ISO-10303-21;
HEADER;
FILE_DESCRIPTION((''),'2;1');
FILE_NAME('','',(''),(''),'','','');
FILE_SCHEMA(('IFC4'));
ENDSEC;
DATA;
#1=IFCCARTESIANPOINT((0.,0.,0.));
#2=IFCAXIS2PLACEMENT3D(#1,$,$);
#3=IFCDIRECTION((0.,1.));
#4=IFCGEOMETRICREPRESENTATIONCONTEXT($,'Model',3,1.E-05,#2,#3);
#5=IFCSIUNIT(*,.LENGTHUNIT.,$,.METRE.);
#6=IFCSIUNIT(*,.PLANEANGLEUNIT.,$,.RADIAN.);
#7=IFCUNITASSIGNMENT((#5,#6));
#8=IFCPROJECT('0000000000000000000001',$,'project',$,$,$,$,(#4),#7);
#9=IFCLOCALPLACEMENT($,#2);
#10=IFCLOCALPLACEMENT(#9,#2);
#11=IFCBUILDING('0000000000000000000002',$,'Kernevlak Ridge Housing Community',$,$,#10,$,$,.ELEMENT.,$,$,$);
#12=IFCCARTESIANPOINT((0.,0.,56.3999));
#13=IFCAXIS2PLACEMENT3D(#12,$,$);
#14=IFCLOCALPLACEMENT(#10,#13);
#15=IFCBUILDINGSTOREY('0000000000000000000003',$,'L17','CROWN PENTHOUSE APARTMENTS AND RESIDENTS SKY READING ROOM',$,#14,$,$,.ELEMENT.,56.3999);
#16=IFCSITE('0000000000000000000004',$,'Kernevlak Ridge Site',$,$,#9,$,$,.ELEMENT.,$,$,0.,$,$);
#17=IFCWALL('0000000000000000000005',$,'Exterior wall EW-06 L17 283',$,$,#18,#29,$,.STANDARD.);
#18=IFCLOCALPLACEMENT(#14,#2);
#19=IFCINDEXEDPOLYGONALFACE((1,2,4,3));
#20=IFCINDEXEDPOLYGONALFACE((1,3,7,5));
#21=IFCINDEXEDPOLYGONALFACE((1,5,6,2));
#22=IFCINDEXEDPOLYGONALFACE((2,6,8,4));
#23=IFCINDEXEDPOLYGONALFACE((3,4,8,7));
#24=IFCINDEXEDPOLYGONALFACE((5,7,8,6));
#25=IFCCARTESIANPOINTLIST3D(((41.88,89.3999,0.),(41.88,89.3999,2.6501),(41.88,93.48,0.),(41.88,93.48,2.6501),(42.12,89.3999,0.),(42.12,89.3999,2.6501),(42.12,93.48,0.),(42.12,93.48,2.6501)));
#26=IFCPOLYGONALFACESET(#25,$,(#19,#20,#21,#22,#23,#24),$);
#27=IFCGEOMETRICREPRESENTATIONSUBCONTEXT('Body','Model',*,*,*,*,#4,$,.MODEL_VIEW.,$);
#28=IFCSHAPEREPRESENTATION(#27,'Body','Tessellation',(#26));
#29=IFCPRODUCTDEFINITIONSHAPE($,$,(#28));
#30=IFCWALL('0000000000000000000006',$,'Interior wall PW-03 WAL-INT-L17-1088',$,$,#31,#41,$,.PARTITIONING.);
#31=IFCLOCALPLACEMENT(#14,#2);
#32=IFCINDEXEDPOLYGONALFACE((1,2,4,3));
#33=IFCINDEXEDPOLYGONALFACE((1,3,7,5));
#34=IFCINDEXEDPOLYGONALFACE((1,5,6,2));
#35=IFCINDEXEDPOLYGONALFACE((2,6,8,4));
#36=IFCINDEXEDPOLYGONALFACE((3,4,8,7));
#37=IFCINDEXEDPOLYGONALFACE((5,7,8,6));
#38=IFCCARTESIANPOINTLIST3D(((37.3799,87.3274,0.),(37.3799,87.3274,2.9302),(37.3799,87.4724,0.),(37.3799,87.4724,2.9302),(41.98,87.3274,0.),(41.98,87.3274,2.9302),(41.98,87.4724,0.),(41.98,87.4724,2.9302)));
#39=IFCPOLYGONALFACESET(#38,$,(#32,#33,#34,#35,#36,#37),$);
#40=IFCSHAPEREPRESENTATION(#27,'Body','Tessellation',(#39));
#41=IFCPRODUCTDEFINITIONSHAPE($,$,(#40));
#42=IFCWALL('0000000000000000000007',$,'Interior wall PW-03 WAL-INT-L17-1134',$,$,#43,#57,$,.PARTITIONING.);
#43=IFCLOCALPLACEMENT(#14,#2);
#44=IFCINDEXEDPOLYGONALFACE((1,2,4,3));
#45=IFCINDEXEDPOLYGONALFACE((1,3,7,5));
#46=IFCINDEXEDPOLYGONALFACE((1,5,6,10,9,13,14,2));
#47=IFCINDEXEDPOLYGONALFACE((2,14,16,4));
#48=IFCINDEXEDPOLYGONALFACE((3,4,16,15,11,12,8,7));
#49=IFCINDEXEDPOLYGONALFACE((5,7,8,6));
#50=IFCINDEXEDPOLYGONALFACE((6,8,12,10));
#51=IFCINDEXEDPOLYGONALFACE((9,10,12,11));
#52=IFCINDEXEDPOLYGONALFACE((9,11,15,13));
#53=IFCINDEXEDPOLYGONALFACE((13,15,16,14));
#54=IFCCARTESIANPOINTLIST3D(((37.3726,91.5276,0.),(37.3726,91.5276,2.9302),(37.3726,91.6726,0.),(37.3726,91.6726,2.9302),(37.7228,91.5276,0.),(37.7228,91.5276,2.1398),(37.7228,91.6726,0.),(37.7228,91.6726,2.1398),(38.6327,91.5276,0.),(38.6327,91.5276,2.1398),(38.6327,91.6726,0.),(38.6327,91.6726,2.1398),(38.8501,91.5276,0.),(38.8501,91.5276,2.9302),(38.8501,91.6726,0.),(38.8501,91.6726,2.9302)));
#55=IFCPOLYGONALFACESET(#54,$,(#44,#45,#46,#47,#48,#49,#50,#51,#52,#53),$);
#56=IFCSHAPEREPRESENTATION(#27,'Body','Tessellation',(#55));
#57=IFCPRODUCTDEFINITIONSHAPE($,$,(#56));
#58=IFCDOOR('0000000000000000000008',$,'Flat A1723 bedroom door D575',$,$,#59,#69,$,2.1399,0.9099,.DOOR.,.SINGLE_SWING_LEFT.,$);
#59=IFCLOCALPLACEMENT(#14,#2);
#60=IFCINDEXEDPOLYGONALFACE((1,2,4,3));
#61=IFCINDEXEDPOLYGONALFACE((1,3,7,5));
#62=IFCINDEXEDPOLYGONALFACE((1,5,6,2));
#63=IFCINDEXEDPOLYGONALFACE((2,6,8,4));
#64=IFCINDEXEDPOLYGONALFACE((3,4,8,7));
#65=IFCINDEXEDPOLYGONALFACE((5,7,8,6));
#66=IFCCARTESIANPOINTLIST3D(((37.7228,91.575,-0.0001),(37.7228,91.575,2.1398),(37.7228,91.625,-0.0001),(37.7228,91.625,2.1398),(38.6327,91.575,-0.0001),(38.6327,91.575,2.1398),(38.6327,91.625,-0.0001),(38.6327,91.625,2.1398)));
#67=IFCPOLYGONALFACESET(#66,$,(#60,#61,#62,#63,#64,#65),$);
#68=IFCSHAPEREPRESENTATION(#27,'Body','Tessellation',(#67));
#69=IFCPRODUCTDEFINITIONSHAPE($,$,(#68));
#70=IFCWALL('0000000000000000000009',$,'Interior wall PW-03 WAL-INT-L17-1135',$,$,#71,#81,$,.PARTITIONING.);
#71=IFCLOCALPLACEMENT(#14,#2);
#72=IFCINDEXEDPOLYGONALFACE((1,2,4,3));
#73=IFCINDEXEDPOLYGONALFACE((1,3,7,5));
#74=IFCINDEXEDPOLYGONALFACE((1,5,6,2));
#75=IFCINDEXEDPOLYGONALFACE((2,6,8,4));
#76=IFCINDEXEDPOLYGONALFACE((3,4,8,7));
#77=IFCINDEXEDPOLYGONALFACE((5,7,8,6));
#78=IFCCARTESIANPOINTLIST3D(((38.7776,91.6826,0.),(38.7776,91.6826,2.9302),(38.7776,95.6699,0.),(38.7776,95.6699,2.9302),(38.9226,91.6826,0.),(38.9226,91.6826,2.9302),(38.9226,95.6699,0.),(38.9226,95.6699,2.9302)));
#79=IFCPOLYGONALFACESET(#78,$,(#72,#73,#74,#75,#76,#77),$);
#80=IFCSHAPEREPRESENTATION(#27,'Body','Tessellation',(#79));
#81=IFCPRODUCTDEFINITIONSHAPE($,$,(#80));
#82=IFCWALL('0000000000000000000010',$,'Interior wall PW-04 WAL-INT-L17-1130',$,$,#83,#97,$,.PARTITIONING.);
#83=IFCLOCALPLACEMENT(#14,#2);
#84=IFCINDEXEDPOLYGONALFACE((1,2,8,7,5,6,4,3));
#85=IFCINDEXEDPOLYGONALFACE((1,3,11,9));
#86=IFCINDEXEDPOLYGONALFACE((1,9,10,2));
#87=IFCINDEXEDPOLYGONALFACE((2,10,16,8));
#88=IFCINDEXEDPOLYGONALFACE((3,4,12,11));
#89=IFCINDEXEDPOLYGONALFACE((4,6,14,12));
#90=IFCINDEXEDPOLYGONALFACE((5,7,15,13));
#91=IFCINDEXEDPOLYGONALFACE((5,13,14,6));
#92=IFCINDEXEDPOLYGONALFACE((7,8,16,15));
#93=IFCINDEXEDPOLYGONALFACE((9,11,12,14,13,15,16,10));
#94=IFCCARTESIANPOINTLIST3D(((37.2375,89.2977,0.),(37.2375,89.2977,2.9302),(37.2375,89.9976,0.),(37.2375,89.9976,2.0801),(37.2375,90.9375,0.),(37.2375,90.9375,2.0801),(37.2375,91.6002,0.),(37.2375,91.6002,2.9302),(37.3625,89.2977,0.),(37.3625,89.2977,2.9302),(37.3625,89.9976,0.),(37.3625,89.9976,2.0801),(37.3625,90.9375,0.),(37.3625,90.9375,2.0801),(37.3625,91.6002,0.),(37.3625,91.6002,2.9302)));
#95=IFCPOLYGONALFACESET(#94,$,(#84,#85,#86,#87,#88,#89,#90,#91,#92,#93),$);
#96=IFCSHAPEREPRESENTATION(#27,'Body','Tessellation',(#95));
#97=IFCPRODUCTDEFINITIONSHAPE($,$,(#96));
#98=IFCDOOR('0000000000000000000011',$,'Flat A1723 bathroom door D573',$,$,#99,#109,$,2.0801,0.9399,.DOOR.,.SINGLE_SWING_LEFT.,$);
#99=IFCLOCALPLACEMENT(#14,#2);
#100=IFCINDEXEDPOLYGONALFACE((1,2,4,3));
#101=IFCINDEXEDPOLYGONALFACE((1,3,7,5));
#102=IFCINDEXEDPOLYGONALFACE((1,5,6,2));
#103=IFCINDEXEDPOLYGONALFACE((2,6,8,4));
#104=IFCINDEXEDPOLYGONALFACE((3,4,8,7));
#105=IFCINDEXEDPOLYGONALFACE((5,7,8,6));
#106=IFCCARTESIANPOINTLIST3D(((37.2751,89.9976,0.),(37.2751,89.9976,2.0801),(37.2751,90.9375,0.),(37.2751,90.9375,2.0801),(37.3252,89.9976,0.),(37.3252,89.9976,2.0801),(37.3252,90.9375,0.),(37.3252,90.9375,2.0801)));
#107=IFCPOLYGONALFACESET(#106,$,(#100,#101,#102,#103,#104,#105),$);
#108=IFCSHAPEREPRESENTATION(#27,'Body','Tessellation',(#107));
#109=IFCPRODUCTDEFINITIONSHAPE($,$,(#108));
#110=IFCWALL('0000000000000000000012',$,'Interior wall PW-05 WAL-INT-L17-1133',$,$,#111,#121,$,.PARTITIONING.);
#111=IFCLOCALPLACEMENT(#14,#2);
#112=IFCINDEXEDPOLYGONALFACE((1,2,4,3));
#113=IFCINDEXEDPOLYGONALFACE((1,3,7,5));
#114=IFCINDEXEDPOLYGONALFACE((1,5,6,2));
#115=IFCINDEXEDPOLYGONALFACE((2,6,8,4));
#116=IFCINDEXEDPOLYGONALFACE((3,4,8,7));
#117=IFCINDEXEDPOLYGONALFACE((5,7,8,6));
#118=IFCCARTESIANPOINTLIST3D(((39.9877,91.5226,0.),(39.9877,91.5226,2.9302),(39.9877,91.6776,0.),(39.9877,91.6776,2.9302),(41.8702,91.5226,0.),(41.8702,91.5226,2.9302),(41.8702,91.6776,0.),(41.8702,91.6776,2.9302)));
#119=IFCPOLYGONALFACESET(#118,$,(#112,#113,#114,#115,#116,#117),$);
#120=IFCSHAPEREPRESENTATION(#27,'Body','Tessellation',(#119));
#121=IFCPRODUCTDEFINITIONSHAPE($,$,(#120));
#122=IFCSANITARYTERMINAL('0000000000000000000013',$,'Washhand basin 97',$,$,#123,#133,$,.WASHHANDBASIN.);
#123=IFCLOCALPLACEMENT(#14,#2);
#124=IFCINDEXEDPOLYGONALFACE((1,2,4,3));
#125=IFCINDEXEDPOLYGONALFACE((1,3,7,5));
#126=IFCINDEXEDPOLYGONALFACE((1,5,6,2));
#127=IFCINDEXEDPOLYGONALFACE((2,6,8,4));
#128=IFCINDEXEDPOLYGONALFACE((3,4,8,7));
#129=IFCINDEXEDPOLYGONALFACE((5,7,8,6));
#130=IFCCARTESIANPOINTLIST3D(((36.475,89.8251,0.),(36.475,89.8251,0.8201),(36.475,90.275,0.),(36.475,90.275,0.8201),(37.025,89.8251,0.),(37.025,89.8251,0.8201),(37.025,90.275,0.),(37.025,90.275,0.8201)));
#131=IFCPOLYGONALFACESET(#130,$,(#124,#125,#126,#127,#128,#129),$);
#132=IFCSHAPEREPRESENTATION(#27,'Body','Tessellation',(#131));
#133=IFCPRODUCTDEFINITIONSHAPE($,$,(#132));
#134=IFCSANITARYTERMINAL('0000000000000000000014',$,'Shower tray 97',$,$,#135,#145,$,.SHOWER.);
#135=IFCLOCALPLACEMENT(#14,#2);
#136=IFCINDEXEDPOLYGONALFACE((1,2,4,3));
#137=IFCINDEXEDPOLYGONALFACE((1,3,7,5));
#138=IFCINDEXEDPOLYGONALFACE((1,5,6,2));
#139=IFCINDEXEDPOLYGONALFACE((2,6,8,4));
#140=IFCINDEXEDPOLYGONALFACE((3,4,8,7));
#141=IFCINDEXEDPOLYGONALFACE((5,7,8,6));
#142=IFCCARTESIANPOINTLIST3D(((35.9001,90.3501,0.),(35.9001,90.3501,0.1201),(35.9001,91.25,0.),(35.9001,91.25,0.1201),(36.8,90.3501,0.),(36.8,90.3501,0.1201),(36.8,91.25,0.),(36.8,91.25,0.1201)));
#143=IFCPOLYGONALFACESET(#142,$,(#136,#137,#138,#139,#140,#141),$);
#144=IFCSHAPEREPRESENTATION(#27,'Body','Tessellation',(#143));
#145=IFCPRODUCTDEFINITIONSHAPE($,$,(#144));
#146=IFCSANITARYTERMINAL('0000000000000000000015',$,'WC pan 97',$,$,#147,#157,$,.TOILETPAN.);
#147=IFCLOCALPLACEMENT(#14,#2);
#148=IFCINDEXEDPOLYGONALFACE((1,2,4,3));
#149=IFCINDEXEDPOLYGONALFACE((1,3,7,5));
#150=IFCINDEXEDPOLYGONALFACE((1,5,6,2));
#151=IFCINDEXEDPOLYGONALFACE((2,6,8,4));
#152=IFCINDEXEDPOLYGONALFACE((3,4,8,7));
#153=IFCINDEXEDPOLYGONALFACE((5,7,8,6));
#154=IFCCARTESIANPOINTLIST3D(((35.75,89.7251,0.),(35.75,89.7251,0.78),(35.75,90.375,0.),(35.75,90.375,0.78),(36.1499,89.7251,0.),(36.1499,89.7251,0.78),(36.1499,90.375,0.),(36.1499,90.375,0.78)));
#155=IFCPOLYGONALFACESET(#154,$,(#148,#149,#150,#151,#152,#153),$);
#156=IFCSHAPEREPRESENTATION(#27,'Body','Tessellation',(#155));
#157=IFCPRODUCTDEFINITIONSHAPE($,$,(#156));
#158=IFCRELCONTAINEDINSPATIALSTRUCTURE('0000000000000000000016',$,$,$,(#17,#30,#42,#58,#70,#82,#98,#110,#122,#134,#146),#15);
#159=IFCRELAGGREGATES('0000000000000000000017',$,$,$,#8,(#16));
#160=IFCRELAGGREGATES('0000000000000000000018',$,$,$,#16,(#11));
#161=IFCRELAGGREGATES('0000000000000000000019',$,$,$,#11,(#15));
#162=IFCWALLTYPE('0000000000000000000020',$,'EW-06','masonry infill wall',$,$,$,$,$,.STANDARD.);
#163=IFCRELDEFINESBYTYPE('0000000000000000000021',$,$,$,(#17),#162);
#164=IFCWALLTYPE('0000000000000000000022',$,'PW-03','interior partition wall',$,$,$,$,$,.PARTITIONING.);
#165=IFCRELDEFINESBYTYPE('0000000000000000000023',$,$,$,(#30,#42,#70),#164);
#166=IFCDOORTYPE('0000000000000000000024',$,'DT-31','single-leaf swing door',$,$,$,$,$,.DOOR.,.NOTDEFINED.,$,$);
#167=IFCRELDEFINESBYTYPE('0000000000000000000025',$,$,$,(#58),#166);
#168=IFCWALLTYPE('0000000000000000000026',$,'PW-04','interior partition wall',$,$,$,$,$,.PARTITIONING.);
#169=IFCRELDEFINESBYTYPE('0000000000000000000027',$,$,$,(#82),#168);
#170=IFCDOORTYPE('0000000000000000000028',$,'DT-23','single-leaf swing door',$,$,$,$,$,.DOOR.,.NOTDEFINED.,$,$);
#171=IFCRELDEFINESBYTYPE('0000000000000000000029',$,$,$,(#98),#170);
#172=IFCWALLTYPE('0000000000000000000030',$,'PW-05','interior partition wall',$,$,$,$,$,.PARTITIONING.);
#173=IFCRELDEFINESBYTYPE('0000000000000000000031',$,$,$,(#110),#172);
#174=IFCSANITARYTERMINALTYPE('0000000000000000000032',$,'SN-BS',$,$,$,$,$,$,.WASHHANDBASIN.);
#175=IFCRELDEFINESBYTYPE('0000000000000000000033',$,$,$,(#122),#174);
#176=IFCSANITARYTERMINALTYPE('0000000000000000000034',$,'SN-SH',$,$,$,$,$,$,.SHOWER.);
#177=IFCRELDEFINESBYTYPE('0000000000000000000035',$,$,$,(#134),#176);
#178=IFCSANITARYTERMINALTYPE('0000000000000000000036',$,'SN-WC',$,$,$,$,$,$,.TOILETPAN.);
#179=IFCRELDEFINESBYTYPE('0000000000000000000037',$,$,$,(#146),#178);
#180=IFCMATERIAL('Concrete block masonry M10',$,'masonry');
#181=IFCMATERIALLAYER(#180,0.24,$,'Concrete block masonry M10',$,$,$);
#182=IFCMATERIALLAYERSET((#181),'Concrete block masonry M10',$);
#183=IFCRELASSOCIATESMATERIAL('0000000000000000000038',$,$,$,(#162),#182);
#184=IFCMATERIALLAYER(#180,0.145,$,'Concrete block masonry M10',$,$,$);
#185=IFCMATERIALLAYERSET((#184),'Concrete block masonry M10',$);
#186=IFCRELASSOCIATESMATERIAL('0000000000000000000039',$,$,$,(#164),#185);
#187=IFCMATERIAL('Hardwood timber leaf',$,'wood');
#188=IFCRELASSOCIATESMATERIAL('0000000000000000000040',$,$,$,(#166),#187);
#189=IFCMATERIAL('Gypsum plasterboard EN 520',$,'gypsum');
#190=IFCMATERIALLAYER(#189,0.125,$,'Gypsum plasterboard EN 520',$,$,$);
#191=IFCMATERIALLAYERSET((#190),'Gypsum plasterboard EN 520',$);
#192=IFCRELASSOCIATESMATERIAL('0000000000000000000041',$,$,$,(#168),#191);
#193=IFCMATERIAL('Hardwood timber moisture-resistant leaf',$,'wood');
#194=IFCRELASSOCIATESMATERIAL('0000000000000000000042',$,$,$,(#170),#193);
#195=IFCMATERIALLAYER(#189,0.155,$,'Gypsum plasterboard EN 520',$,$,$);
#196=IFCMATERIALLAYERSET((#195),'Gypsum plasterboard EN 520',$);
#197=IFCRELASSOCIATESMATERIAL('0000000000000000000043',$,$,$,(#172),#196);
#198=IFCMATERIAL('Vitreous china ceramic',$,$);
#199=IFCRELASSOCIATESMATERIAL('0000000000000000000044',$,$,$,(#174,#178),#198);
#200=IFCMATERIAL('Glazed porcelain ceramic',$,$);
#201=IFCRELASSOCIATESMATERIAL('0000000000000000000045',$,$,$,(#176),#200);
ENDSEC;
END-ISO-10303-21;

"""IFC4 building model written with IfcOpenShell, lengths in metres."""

from ifc_helpers import new_model, si_unit, direction, frame, frame_2d, origin, origin_2d, place, context, subcontext, project, spatial, rectangle, extrude, material, layer, layer_set, type_object, element, fill, save


model = new_model("IFC4")

# Units and contexts
model_context = context("Model", 3, precision=1e-05, world=origin(), true_north=direction((0.0, 1.0)))
body_context = subcontext(model_context, "Body", "Model", "MODEL_VIEW")
ifc_project = project(units=[si_unit("LENGTHUNIT", "METRE"), si_unit("PLANEANGLEUNIT", "RADIAN")], contexts=[model_context])

# Site, building, storey
site_placement = place(None, origin())
site = spatial("IfcSite", under=ifc_project, at=site_placement, Name="Kernevlak Ridge Site", CompositionType="ELEMENT", RefElevation=0.0)
building_placement = place(site_placement, origin())
building = spatial("IfcBuilding", under=site, at=building_placement, Name="Kernevlak Ridge Housing Community", CompositionType="ELEMENT")
storey_placement = place(building_placement, frame((0.0, 0.0, 56.3999)))
storey = spatial("IfcBuildingStorey", under=building, at=storey_placement, Name="L17", Description="CROWN PENTHOUSE APARTMENTS AND RESIDENTS SKY READING ROOM", CompositionType="ELEMENT", Elevation=56.3999)

# Shared definitions
ifc_material_1 = material(Name="Concrete block masonry M10", Category="masonry")
ifc_layer_1 = layer(ifc_material_1, 0.24, Name="Concrete block masonry M10")
ifc_layer_set_1 = layer_set([ifc_layer_1], Name="Concrete block masonry M10")
wall_type_1 = type_object("IfcWallType", Name="EW-06", Description="masonry infill wall", PredefinedType="STANDARD", material=ifc_layer_set_1)

# Walls
wall_1_placement = place(storey_placement, frame((42.0, 89.3999, 0.0), z_axis=(0.0, 0.0, 1.0), x_axis=(0.0, 1.0, 0.0)))
element("IfcWall", 1, at=wall_1_placement, inside=storey, type_object=wall_type_1, Name="Exterior wall EW-06 L17 283", PredefinedType="STANDARD", context=body_context, shape_type="SweptSolid", body=[
    extrude(rectangle(XDim=4.0801, YDim=0.24, at=frame_2d((2.04, 0.0))), origin(), (0.0, 0.0, 1.0), 2.6501),
])
ifc_layer_2 = layer(ifc_material_1, 0.145, Name="Concrete block masonry M10")
ifc_layer_set_2 = layer_set([ifc_layer_2], Name="Concrete block masonry M10")
wall_type_2 = type_object("IfcWallType", Name="PW-03", Description="interior partition wall", PredefinedType="PARTITIONING", material=ifc_layer_set_2)
wall_2_placement = place(storey_placement, frame((37.3799, 87.3999, 0.0), z_axis=(0.0, 0.0, 1.0), x_axis=(1.0, 0.0, 0.0)))
element("IfcWall", 2, at=wall_2_placement, inside=storey, type_object=wall_type_2, Name="Interior wall PW-03 WAL-INT-L17-1088", PredefinedType="PARTITIONING", context=body_context, shape_type="SweptSolid", body=[
    extrude(rectangle(XDim=4.6001, YDim=0.145, at=frame_2d((2.3, 0.0))), origin(), (0.0, 0.0, 1.0), 2.9302),
])

# Wall, opening, door
wall_3_placement = place(storey_placement, frame((37.3726, 91.6001, 0.0), z_axis=(0.0, 0.0, 1.0), x_axis=(1.0, 0.0, 0.0)))
wall_3 = element("IfcWall", 3, at=wall_3_placement, inside=storey, type_object=wall_type_2, Name="Interior wall PW-03 WAL-INT-L17-1134", PredefinedType="PARTITIONING", context=body_context, shape_type="SweptSolid", body=[
    extrude(rectangle(XDim=1.4775, YDim=0.145, at=frame_2d((0.7388, 0.0))), origin(), (0.0, 0.0, 1.0), 2.9302),
])
opening_1_placement = place(wall_3_placement, frame((0.3501, 0.0, 0.0)))
opening_1 = element("IfcOpeningElement", 4, at=opening_1_placement, cuts=wall_3, PredefinedType="OPENING", context=body_context, shape_type="SweptSolid", body=[
    extrude(rectangle(XDim=0.9099, YDim=2.1399, at=frame_2d((0.4551, 1.0698))), frame((0.0, 0.0825, 0.0), z_axis=(0.0, -1.0, 0.0), x_axis=(1.0, 0.0, 0.0)), (0.0, 0.0, 1.0), 0.165),
])
ifc_material_2 = material(Name="Hardwood timber leaf", Category="wood")
door_type_1 = type_object("IfcDoorType", Name="DT-31", Description="single-leaf swing door", OperationType="NOTDEFINED", PredefinedType="DOOR", material=ifc_material_2)
door_1_placement = place(opening_1_placement, origin())
door_1 = element("IfcDoor", 5, at=door_1_placement, inside=storey, type_object=door_type_1, Name="Flat A1723 bedroom door D575", OperationType="SINGLE_SWING_LEFT", OverallHeight=2.1399, OverallWidth=0.9099, PredefinedType="DOOR", context=body_context, shape_type="SweptSolid", body=[
    extrude(rectangle(XDim=0.9099, YDim=2.1399, at=frame_2d((0.4551, 1.0698))), frame((0.0, 0.0249, 0.0), z_axis=(0.0, -1.0, 0.0), x_axis=(1.0, 0.0, 0.0)), (0.0, 0.0, 1.0), 0.05),
])
fill(opening_1, door_1)

# Wall
wall_4_placement = place(storey_placement, frame((38.8501, 91.6826, 0.0), z_axis=(0.0, 0.0, 1.0), x_axis=(0.0, 1.0, 0.0)))
element("IfcWall", 6, at=wall_4_placement, inside=storey, type_object=wall_type_2, Name="Interior wall PW-03 WAL-INT-L17-1135", PredefinedType="PARTITIONING", context=body_context, shape_type="SweptSolid", body=[
    extrude(rectangle(XDim=3.9873, YDim=0.145, at=frame_2d((1.9937, 0.0))), origin(), (0.0, 0.0, 1.0), 2.9302),
])

# Wall, opening, door
ifc_material_3 = material(Name="Gypsum plasterboard EN 520", Category="gypsum")
ifc_layer_3 = layer(ifc_material_3, 0.125, Name="Gypsum plasterboard EN 520")
ifc_layer_set_3 = layer_set([ifc_layer_3], Name="Gypsum plasterboard EN 520")
wall_type_3 = type_object("IfcWallType", Name="PW-04", Description="interior partition wall", PredefinedType="PARTITIONING", material=ifc_layer_set_3)
wall_5_placement = place(storey_placement, frame((37.3, 89.2976, 0.0), z_axis=(0.0, 0.0, 1.0), x_axis=(0.0, 1.0, 0.0)))
wall_5 = element("IfcWall", 7, at=wall_5_placement, inside=storey, type_object=wall_type_3, Name="Interior wall PW-04 WAL-INT-L17-1130", PredefinedType="PARTITIONING", context=body_context, shape_type="SweptSolid", body=[
    extrude(rectangle(XDim=2.3025, YDim=0.125, at=frame_2d((1.1514, 0.0))), origin(), (0.0, 0.0, 1.0), 2.9302),
])
opening_2_placement = place(wall_5_placement, frame((0.7, 0.0, 0.0)))
opening_2 = element("IfcOpeningElement", 8, at=opening_2_placement, cuts=wall_5, PredefinedType="OPENING", context=body_context, shape_type="SweptSolid", body=[
    extrude(rectangle(XDim=0.9399, YDim=2.0801, at=frame_2d((0.47, 1.04))), frame((0.0, 0.0725, 0.0), z_axis=(0.0, -1.0, 0.0), x_axis=(1.0, 0.0, 0.0)), (0.0, 0.0, 1.0), 0.145),
])
ifc_material_4 = material(Name="Hardwood timber moisture-resistant leaf", Category="wood")
door_type_2 = type_object("IfcDoorType", Name="DT-23", Description="single-leaf swing door", OperationType="NOTDEFINED", PredefinedType="DOOR", material=ifc_material_4)
door_2_placement = place(opening_2_placement, origin())
door_2 = element("IfcDoor", 9, at=door_2_placement, inside=storey, type_object=door_type_2, Name="Flat A1723 bathroom door D573", OperationType="SINGLE_SWING_LEFT", OverallHeight=2.0801, OverallWidth=0.9399, PredefinedType="DOOR", context=body_context, shape_type="SweptSolid", body=[
    extrude(rectangle(XDim=0.9399, YDim=2.0801, at=frame_2d((0.47, 1.04))), frame((0.0, 0.0249, 0.0), z_axis=(0.0, -1.0, 0.0), x_axis=(1.0, 0.0, 0.0)), (0.0, 0.0, 1.0), 0.05),
])
fill(opening_2, door_2)
ifc_layer_4 = layer(ifc_material_3, 0.155, Name="Gypsum plasterboard EN 520")
ifc_layer_set_4 = layer_set([ifc_layer_4], Name="Gypsum plasterboard EN 520")
wall_type_4 = type_object("IfcWallType", Name="PW-05", Description="interior partition wall", PredefinedType="PARTITIONING", material=ifc_layer_set_4)

# Wall
wall_6_placement = place(storey_placement, frame((39.9875, 91.6001, 0.0), z_axis=(0.0, 0.0, 1.0), x_axis=(1.0, 0.0, 0.0)))
element("IfcWall", 10, at=wall_6_placement, inside=storey, type_object=wall_type_4, Name="Interior wall PW-05 WAL-INT-L17-1133", PredefinedType="PARTITIONING", context=body_context, shape_type="SweptSolid", body=[
    extrude(rectangle(XDim=1.8826, YDim=0.155, at=frame_2d((0.9414, 0.0))), origin(), (0.0, 0.0, 1.0), 2.9302),
])

# Sanitary terminals
ifc_material_5 = material(Name="Vitreous china ceramic")
sanitary_terminal_type_1 = type_object("IfcSanitaryTerminalType", Name="SN-BS", PredefinedType="WASHHANDBASIN", material=ifc_material_5)
sanitary_terminal_1_placement = place(storey_placement, frame((36.75, 90.05, 0.0), z_axis=(0.0, 0.0, 1.0), x_axis=(1.0, 0.0, 0.0)))
element("IfcSanitaryTerminal", 11, at=sanitary_terminal_1_placement, inside=storey, type_object=sanitary_terminal_type_1, Name="Washhand basin 97", PredefinedType="WASHHANDBASIN", context=body_context, shape_type="SweptSolid", body=[
    extrude(rectangle(XDim=0.55, YDim=0.45, at=origin_2d()), origin(), (0.0, 0.0, 1.0), 0.8201),
])
ifc_material_6 = material(Name="Glazed porcelain ceramic")
sanitary_terminal_type_2 = type_object("IfcSanitaryTerminalType", Name="SN-SH", PredefinedType="SHOWER", material=ifc_material_6)
sanitary_terminal_2_placement = place(storey_placement, frame((36.3501, 90.8, 0.0), z_axis=(0.0, 0.0, 1.0), x_axis=(1.0, 0.0, 0.0)))
element("IfcSanitaryTerminal", 12, at=sanitary_terminal_2_placement, inside=storey, type_object=sanitary_terminal_type_2, Name="Shower tray 97", PredefinedType="SHOWER", context=body_context, shape_type="SweptSolid", body=[
    extrude(rectangle(XDim=0.8999, YDim=0.8999, at=origin_2d()), origin(), (0.0, 0.0, 1.0), 0.1201),
])
sanitary_terminal_type_3 = type_object("IfcSanitaryTerminalType", Name="SN-WC", PredefinedType="TOILETPAN", material=ifc_material_5)
sanitary_terminal_3_placement = place(storey_placement, frame((35.95, 90.05, 0.0), z_axis=(0.0, 0.0, 1.0), x_axis=(1.0, 0.0, 0.0)))
element("IfcSanitaryTerminal", 13, at=sanitary_terminal_3_placement, inside=storey, type_object=sanitary_terminal_type_3, Name="WC pan 97", PredefinedType="TOILETPAN", context=body_context, shape_type="SweptSolid", body=[
    extrude(rectangle(XDim=0.3999, YDim=0.6499, at=origin_2d()), origin(), (0.0, 0.0, 1.0), 0.78),
])

save(model, "model.ifc")
